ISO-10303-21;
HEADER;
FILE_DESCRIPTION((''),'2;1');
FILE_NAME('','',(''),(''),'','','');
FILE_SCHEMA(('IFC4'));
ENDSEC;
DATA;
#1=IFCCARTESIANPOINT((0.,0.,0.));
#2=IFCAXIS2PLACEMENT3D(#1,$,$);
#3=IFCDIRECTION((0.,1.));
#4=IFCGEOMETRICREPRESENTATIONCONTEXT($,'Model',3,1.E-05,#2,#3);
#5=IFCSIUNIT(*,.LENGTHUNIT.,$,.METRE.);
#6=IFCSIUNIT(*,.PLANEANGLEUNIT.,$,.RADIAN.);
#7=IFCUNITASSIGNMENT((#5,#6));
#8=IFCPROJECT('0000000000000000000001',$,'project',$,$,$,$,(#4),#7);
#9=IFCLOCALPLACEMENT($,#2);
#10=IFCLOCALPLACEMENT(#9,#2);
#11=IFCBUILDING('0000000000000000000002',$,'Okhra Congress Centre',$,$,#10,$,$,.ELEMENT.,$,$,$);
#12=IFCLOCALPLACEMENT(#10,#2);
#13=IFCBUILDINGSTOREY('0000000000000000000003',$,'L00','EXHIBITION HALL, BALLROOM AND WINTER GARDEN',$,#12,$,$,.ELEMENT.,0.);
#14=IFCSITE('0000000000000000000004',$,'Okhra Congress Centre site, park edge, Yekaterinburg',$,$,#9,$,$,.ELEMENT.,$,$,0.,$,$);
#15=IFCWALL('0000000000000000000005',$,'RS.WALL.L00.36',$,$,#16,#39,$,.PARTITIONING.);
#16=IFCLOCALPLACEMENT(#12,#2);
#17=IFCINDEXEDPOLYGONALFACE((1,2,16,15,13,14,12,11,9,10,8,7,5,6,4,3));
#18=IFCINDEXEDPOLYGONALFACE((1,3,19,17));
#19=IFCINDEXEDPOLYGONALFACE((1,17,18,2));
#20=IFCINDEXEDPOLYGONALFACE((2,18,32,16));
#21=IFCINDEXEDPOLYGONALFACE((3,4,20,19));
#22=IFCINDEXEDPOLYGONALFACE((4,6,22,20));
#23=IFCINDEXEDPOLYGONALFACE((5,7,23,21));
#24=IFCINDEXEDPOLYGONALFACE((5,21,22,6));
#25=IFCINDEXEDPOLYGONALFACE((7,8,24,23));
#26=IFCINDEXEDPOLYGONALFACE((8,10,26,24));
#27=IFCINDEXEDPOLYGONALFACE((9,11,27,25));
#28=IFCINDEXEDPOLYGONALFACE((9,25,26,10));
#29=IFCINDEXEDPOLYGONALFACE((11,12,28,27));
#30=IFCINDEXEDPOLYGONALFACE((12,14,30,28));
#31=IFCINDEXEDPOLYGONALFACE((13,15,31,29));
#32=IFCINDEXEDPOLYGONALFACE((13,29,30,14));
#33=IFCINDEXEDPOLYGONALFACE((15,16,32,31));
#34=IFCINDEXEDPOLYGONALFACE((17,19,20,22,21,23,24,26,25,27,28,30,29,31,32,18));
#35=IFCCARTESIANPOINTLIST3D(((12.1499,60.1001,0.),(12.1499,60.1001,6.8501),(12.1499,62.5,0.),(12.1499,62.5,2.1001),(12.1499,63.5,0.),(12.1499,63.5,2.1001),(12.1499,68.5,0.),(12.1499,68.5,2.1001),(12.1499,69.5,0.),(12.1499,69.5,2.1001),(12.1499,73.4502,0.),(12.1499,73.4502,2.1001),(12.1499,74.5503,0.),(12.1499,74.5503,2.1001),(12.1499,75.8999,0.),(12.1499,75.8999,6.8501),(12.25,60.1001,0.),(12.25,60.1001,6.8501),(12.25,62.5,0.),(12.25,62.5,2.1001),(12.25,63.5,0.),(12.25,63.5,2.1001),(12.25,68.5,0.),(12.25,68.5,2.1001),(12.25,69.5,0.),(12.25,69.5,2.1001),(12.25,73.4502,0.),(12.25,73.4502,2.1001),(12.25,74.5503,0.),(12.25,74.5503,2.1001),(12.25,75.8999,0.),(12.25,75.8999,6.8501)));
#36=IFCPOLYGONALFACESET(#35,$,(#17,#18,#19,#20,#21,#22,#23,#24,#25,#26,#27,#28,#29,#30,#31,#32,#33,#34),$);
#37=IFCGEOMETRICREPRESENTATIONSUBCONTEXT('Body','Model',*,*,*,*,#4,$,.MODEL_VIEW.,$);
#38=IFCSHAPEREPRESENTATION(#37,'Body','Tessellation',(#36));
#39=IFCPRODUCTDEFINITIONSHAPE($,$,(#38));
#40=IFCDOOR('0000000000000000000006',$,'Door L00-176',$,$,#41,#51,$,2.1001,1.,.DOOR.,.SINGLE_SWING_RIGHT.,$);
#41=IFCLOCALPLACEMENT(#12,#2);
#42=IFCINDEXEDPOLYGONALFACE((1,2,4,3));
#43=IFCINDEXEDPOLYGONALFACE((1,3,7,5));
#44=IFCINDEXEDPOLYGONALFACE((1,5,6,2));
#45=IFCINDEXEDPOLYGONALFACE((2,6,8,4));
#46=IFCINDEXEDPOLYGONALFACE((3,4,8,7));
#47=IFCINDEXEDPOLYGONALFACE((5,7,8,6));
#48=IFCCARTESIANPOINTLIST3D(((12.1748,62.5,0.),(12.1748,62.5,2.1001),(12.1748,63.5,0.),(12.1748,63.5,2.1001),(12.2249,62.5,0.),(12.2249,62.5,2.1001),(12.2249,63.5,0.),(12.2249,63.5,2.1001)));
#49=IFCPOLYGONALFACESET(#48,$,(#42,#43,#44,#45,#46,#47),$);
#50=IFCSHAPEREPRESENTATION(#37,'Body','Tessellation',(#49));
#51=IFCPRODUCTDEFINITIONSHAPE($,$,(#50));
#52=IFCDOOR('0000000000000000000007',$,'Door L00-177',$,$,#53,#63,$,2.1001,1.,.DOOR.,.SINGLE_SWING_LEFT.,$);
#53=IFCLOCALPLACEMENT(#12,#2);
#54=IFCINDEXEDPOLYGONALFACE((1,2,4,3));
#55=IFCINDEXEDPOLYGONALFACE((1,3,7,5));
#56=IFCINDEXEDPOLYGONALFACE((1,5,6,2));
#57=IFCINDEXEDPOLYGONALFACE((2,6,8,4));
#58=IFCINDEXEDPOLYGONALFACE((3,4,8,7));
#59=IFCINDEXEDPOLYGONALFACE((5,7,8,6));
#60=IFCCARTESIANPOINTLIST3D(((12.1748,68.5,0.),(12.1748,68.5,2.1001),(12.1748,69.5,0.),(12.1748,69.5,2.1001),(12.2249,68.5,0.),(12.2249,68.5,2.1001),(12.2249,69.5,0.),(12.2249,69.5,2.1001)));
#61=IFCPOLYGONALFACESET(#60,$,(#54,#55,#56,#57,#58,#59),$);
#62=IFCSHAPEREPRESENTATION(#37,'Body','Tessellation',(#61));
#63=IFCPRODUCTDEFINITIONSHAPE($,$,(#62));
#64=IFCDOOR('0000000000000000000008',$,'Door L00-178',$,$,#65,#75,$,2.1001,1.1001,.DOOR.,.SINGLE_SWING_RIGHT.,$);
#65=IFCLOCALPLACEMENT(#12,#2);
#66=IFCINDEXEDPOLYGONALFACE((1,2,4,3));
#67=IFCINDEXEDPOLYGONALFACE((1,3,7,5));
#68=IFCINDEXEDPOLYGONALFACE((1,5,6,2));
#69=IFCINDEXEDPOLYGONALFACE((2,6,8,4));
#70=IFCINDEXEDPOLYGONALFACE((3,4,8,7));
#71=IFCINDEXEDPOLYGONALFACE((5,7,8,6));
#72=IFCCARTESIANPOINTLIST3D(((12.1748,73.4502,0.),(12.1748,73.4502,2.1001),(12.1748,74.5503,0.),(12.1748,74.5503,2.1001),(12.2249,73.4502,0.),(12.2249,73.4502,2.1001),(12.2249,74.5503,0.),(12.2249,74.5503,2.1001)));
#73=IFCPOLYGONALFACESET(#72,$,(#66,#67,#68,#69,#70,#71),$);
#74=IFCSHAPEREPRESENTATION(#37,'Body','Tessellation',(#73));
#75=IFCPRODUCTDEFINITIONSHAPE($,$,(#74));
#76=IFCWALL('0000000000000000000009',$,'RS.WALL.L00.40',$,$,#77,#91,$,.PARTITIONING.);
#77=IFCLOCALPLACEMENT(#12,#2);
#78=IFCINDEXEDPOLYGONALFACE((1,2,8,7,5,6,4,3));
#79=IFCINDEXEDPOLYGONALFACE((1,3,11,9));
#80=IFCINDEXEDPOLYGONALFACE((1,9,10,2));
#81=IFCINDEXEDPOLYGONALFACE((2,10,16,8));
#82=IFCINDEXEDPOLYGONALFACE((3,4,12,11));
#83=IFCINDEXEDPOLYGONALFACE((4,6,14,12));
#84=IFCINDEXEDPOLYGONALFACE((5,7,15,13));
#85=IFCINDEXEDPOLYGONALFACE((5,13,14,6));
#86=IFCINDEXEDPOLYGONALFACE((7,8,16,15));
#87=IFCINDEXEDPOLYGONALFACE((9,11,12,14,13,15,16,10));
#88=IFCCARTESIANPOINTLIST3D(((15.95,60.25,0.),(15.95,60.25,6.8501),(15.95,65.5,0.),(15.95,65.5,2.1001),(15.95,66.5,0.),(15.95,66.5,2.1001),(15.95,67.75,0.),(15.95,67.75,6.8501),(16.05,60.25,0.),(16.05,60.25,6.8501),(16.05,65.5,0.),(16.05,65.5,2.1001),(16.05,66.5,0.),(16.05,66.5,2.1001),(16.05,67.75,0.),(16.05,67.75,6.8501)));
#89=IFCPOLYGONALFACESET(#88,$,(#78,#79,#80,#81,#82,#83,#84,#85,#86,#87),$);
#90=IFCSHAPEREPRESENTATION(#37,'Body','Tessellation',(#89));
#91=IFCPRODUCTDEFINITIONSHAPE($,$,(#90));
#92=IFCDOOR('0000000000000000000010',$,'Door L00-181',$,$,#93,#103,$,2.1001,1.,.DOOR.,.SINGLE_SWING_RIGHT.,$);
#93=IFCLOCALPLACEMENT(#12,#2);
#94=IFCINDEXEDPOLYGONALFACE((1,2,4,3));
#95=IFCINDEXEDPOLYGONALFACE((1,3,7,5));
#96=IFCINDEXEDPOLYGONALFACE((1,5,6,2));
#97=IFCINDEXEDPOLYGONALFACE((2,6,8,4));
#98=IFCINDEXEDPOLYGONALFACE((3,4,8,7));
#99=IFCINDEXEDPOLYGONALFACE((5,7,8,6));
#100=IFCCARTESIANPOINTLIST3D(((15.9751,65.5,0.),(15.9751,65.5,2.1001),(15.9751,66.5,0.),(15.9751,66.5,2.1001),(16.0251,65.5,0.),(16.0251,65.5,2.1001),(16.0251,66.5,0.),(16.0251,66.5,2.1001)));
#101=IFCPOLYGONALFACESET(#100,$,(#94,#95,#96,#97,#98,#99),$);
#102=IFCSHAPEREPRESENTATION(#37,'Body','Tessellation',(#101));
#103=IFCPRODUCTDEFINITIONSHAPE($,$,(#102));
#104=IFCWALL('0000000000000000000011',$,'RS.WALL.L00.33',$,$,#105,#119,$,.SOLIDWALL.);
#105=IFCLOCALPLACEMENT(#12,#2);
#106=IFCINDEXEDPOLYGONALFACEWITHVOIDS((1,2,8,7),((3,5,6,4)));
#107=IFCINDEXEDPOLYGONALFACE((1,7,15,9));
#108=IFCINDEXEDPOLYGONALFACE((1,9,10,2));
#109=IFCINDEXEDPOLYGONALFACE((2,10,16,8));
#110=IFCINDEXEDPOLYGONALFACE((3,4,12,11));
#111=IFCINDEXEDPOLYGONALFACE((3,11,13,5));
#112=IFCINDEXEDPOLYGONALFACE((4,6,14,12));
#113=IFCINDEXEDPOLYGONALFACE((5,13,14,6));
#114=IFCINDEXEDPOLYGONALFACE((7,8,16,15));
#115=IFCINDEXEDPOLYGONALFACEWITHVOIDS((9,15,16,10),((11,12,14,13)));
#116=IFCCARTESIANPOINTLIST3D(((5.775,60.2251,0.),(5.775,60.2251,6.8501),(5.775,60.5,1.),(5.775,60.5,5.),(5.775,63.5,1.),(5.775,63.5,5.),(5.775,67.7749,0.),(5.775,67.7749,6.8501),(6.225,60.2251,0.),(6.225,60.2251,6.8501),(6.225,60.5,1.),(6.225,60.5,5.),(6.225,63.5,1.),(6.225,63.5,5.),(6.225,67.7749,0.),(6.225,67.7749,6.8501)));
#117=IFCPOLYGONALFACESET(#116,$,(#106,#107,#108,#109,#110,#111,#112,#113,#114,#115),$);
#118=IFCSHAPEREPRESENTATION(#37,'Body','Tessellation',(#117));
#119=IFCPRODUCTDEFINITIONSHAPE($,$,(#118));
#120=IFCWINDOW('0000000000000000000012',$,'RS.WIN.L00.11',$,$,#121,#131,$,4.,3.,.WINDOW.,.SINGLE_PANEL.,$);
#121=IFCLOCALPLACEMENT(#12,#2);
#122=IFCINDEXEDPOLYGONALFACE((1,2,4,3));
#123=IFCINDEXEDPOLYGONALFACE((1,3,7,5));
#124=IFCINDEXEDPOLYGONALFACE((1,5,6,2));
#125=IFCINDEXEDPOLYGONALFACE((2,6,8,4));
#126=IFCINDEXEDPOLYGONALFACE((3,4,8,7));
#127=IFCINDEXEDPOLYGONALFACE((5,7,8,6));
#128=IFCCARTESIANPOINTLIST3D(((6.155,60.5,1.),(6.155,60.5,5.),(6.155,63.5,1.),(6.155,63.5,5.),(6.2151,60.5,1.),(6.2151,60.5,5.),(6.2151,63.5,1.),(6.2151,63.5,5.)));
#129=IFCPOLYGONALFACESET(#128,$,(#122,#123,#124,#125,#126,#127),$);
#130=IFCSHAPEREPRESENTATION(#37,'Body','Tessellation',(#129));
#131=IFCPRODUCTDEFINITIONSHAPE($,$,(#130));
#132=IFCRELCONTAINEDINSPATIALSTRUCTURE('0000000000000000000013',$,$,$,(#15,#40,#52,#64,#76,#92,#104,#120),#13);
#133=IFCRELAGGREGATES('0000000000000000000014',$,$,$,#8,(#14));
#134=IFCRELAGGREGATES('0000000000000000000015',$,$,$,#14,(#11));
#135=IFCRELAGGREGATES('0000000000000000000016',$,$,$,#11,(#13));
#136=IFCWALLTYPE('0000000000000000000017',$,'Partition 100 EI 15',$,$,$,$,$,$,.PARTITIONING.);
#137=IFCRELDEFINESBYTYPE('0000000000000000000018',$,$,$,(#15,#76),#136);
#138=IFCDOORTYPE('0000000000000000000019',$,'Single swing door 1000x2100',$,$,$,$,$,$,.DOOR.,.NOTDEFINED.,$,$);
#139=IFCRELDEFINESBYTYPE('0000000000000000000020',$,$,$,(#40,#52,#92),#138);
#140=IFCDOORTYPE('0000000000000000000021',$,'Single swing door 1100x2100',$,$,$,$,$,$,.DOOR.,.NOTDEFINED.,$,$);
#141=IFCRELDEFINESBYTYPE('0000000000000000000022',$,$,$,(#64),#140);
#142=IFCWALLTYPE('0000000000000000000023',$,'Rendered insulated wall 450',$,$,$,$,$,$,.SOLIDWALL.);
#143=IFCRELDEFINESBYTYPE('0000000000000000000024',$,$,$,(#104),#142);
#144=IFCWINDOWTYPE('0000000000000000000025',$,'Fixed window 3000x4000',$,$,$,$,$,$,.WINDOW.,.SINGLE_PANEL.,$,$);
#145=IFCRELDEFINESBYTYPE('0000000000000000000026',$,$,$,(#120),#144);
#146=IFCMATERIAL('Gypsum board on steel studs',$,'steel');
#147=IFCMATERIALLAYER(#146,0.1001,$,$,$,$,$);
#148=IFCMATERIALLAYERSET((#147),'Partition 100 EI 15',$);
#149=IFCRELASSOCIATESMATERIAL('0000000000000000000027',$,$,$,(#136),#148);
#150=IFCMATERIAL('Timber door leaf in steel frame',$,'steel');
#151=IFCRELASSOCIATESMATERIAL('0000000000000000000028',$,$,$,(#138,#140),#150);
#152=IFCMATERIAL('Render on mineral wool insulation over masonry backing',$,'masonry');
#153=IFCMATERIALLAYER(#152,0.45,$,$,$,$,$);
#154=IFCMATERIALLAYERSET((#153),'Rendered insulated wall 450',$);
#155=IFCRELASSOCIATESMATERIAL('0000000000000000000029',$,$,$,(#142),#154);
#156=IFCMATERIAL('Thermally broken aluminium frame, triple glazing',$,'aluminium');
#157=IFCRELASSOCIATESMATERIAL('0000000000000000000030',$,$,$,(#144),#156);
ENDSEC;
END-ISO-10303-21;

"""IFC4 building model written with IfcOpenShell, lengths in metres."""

from ifc_helpers import new_model, si_unit, direction, frame, frame_2d, origin, place, context, subcontext, project, spatial, rectangle, extrude, material, layer, layer_set, type_object, element, fill, save


model = new_model("IFC4")

# Units and contexts
model_context = context("Model", 3, precision=1e-05, world=origin(), true_north=direction((0.0, 1.0)))
body_context = subcontext(model_context, "Body", "Model", "MODEL_VIEW")
ifc_project = project(units=[si_unit("LENGTHUNIT", "METRE"), si_unit("PLANEANGLEUNIT", "RADIAN")], contexts=[model_context])

# Site, building, storey
site_placement = place(None, origin())
site = spatial("IfcSite", under=ifc_project, at=site_placement, Name="Okhra Congress Centre site, park edge, Yekaterinburg", CompositionType="ELEMENT", RefElevation=0.0)
building_placement = place(site_placement, origin())
building = spatial("IfcBuilding", under=site, at=building_placement, Name="Okhra Congress Centre", CompositionType="ELEMENT")
storey_placement = place(building_placement, origin())
storey = spatial("IfcBuildingStorey", under=building, at=storey_placement, Name="L00", Description="EXHIBITION HALL, BALLROOM AND WINTER GARDEN", CompositionType="ELEMENT", Elevation=0.0)

# Shared definitions
ifc_material_1 = material(Name="Gypsum board on steel studs", Category="steel")
ifc_layer_1 = layer(ifc_material_1, 0.1001)
ifc_layer_set_1 = layer_set([ifc_layer_1], Name="Partition 100 EI 15")
wall_type_1 = type_object("IfcWallType", Name="Partition 100 EI 15", PredefinedType="PARTITIONING", material=ifc_layer_set_1)

# Wall, openings, doors
wall_1_placement = place(storey_placement, frame((12.2, 60.1001, 0.0), z_axis=(0.0, 0.0, 1.0), x_axis=(0.0, 1.0, 0.0)))
wall_1 = element("IfcWall", 1, at=wall_1_placement, inside=storey, type_object=wall_type_1, Name="RS.WALL.L00.36", PredefinedType="PARTITIONING", context=body_context, shape_type="SweptSolid", body=[
    extrude(rectangle(XDim=15.7998, YDim=0.1001, at=frame_2d((7.8999, 0.0))), origin(), (0.0, 0.0, 1.0), 6.8501),
])
opening_1_placement = place(wall_1_placement, frame((2.3999, 0.0, 0.0)))
opening_1 = element("IfcOpeningElement", 2, at=opening_1_placement, cuts=wall_1, PredefinedType="OPENING", context=body_context, shape_type="SweptSolid", body=[
    extrude(rectangle(XDim=1.0, YDim=2.1001, at=frame_2d((0.5, 1.05))), frame((0.0, 0.0601, 0.0), z_axis=(0.0, -1.0, 0.0), x_axis=(1.0, 0.0, 0.0)), (0.0, 0.0, 1.0), 0.1201),
])
opening_2_placement = place(wall_1_placement, frame((8.3999, 0.0, 0.0)))
opening_2 = element("IfcOpeningElement", 3, at=opening_2_placement, cuts=wall_1, PredefinedType="OPENING", context=body_context, shape_type="SweptSolid", body=[
    extrude(rectangle(XDim=1.0, YDim=2.1001, at=frame_2d((0.5, 1.05))), frame((0.0, 0.0601, 0.0), z_axis=(0.0, -1.0, 0.0), x_axis=(1.0, 0.0, 0.0)), (0.0, 0.0, 1.0), 0.1201),
])
opening_3_placement = place(wall_1_placement, frame((13.3501, 0.0, 0.0)))
opening_3 = element("IfcOpeningElement", 4, at=opening_3_placement, cuts=wall_1, PredefinedType="OPENING", context=body_context, shape_type="SweptSolid", body=[
    extrude(rectangle(XDim=1.1001, YDim=2.1001, at=frame_2d((0.55, 1.05))), frame((0.0, 0.0601, 0.0), z_axis=(0.0, -1.0, 0.0), x_axis=(1.0, 0.0, 0.0)), (0.0, 0.0, 1.0), 0.1201),
])
ifc_material_2 = material(Name="Timber door leaf in steel frame", Category="steel")
door_type_1 = type_object("IfcDoorType", Name="Single swing door 1000x2100", OperationType="NOTDEFINED", PredefinedType="DOOR", material=ifc_material_2)
door_1_placement = place(opening_1_placement, frame((1.0, 0.0, 0.0), z_axis=(0.0, 0.0, 1.0), x_axis=(-1.0, 0.0, 0.0)))
door_1 = element("IfcDoor", 5, at=door_1_placement, inside=storey, type_object=door_type_1, Name="Door L00-176", OperationType="SINGLE_SWING_RIGHT", OverallHeight=2.1001, OverallWidth=1.0, PredefinedType="DOOR", context=body_context, shape_type="SweptSolid", body=[
    extrude(rectangle(XDim=1.0, YDim=2.1001, at=frame_2d((0.5, 1.05))), frame((0.0, 0.0249, 0.0), z_axis=(0.0, -1.0, 0.0), x_axis=(1.0, 0.0, 0.0)), (0.0, 0.0, 1.0), 0.05),
])
fill(opening_1, door_1)
door_2_placement = place(opening_2_placement, frame((1.0, 0.0, 0.0), z_axis=(0.0, 0.0, 1.0), x_axis=(-1.0, 0.0, 0.0)))
door_2 = element("IfcDoor", 6, at=door_2_placement, inside=storey, type_object=door_type_1, Name="Door L00-177", OperationType="SINGLE_SWING_LEFT", OverallHeight=2.1001, OverallWidth=1.0, PredefinedType="DOOR", context=body_context, shape_type="SweptSolid", body=[
    extrude(rectangle(XDim=1.0, YDim=2.1001, at=frame_2d((0.5, 1.05))), frame((0.0, 0.0249, 0.0), z_axis=(0.0, -1.0, 0.0), x_axis=(1.0, 0.0, 0.0)), (0.0, 0.0, 1.0), 0.05),
])
fill(opening_2, door_2)
door_type_2 = type_object("IfcDoorType", Name="Single swing door 1100x2100", OperationType="NOTDEFINED", PredefinedType="DOOR", material=ifc_material_2)
door_3_placement = place(opening_3_placement, frame((1.1001, 0.0, 0.0), z_axis=(0.0, 0.0, 1.0), x_axis=(-1.0, 0.0, 0.0)))
door_3 = element("IfcDoor", 7, at=door_3_placement, inside=storey, type_object=door_type_2, Name="Door L00-178", OperationType="SINGLE_SWING_RIGHT", OverallHeight=2.1001, OverallWidth=1.1001, PredefinedType="DOOR", context=body_context, shape_type="SweptSolid", body=[
    extrude(rectangle(XDim=1.1001, YDim=2.1001, at=frame_2d((0.55, 1.05))), frame((0.0, 0.0249, 0.0), z_axis=(0.0, -1.0, 0.0), x_axis=(1.0, 0.0, 0.0)), (0.0, 0.0, 1.0), 0.05),
])
fill(opening_3, door_3)

# Wall, opening, door
wall_2_placement = place(storey_placement, frame((16.0, 60.25, 0.0), z_axis=(0.0, 0.0, 1.0), x_axis=(0.0, 1.0, 0.0)))
wall_2 = element("IfcWall", 8, at=wall_2_placement, inside=storey, type_object=wall_type_1, Name="RS.WALL.L00.40", PredefinedType="PARTITIONING", context=body_context, shape_type="SweptSolid", body=[
    extrude(rectangle(XDim=7.5, YDim=0.1001, at=frame_2d((3.75, 0.0))), origin(), (0.0, 0.0, 1.0), 6.8501),
])
opening_4_placement = place(wall_2_placement, frame((5.25, 0.0, 0.0)))
opening_4 = element("IfcOpeningElement", 9, at=opening_4_placement, cuts=wall_2, PredefinedType="OPENING", context=body_context, shape_type="SweptSolid", body=[
    extrude(rectangle(XDim=1.0, YDim=2.1001, at=frame_2d((0.5, 1.05))), frame((0.0, 0.0601, 0.0), z_axis=(0.0, -1.0, 0.0), x_axis=(1.0, 0.0, 0.0)), (0.0, 0.0, 1.0), 0.1201),
])
door_4_placement = place(opening_4_placement, origin())
door_4 = element("IfcDoor", 10, at=door_4_placement, inside=storey, type_object=door_type_1, Name="Door L00-181", OperationType="SINGLE_SWING_RIGHT", OverallHeight=2.1001, OverallWidth=1.0, PredefinedType="DOOR", context=body_context, shape_type="SweptSolid", body=[
    extrude(rectangle(XDim=1.0, YDim=2.1001, at=frame_2d((0.5, 1.05))), frame((0.0, 0.0249, 0.0), z_axis=(0.0, -1.0, 0.0), x_axis=(1.0, 0.0, 0.0)), (0.0, 0.0, 1.0), 0.05),
])
fill(opening_4, door_4)

# Wall, opening, window
ifc_material_3 = material(Name="Render on mineral wool insulation over masonry backing", Category="masonry")
ifc_layer_2 = layer(ifc_material_3, 0.45)
ifc_layer_set_2 = layer_set([ifc_layer_2], Name="Rendered insulated wall 450")
wall_type_2 = type_object("IfcWallType", Name="Rendered insulated wall 450", PredefinedType="SOLIDWALL", material=ifc_layer_set_2)
wall_3_placement = place(storey_placement, frame((6.0, 67.7749, 0.0), z_axis=(0.0, 0.0, 1.0), x_axis=(0.0, -1.0, 0.0)))
wall_3 = element("IfcWall", 11, at=wall_3_placement, inside=storey, type_object=wall_type_2, Name="RS.WALL.L00.33", PredefinedType="SOLIDWALL", context=body_context, shape_type="SweptSolid", body=[
    extrude(rectangle(XDim=7.5498, YDim=0.45, at=frame_2d((3.7749, 0.0))), origin(), (0.0, 0.0, 1.0), 6.8501),
])
opening_5_placement = place(wall_3_placement, frame((4.2749, 0.0, 1.0)))
opening_5 = element("IfcOpeningElement", 12, at=opening_5_placement, cuts=wall_3, PredefinedType="OPENING", context=body_context, shape_type="SweptSolid", body=[
    extrude(rectangle(XDim=3.0, YDim=4.0, at=frame_2d((1.5, 2.0))), frame((0.0, 0.2349, 0.0), z_axis=(0.0, -1.0, 0.0), x_axis=(1.0, 0.0, 0.0)), (0.0, 0.0, 1.0), 0.47),
])
ifc_material_4 = material(Name="Thermally broken aluminium frame, triple glazing", Category="aluminium")
window_type = type_object("IfcWindowType", Name="Fixed window 3000x4000", PartitioningType="SINGLE_PANEL", PredefinedType="WINDOW", material=ifc_material_4)
window_1_placement = place(opening_5_placement, origin())
window_1 = element("IfcWindow", 13, at=window_1_placement, inside=storey, type_object=window_type, Name="RS.WIN.L00.11", OverallHeight=4.0, OverallWidth=3.0, PartitioningType="SINGLE_PANEL", PredefinedType="WINDOW", context=body_context, shape_type="SweptSolid", body=[
    extrude(rectangle(XDim=3.0, YDim=4.0, at=frame_2d((1.5, 2.0))), frame((0.0, 0.2151, 0.0), z_axis=(0.0, -1.0, 0.0), x_axis=(1.0, 0.0, 0.0)), (0.0, 0.0, 1.0), 0.0601),
])
fill(opening_5, window_1)

save(model, "model.ifc")
